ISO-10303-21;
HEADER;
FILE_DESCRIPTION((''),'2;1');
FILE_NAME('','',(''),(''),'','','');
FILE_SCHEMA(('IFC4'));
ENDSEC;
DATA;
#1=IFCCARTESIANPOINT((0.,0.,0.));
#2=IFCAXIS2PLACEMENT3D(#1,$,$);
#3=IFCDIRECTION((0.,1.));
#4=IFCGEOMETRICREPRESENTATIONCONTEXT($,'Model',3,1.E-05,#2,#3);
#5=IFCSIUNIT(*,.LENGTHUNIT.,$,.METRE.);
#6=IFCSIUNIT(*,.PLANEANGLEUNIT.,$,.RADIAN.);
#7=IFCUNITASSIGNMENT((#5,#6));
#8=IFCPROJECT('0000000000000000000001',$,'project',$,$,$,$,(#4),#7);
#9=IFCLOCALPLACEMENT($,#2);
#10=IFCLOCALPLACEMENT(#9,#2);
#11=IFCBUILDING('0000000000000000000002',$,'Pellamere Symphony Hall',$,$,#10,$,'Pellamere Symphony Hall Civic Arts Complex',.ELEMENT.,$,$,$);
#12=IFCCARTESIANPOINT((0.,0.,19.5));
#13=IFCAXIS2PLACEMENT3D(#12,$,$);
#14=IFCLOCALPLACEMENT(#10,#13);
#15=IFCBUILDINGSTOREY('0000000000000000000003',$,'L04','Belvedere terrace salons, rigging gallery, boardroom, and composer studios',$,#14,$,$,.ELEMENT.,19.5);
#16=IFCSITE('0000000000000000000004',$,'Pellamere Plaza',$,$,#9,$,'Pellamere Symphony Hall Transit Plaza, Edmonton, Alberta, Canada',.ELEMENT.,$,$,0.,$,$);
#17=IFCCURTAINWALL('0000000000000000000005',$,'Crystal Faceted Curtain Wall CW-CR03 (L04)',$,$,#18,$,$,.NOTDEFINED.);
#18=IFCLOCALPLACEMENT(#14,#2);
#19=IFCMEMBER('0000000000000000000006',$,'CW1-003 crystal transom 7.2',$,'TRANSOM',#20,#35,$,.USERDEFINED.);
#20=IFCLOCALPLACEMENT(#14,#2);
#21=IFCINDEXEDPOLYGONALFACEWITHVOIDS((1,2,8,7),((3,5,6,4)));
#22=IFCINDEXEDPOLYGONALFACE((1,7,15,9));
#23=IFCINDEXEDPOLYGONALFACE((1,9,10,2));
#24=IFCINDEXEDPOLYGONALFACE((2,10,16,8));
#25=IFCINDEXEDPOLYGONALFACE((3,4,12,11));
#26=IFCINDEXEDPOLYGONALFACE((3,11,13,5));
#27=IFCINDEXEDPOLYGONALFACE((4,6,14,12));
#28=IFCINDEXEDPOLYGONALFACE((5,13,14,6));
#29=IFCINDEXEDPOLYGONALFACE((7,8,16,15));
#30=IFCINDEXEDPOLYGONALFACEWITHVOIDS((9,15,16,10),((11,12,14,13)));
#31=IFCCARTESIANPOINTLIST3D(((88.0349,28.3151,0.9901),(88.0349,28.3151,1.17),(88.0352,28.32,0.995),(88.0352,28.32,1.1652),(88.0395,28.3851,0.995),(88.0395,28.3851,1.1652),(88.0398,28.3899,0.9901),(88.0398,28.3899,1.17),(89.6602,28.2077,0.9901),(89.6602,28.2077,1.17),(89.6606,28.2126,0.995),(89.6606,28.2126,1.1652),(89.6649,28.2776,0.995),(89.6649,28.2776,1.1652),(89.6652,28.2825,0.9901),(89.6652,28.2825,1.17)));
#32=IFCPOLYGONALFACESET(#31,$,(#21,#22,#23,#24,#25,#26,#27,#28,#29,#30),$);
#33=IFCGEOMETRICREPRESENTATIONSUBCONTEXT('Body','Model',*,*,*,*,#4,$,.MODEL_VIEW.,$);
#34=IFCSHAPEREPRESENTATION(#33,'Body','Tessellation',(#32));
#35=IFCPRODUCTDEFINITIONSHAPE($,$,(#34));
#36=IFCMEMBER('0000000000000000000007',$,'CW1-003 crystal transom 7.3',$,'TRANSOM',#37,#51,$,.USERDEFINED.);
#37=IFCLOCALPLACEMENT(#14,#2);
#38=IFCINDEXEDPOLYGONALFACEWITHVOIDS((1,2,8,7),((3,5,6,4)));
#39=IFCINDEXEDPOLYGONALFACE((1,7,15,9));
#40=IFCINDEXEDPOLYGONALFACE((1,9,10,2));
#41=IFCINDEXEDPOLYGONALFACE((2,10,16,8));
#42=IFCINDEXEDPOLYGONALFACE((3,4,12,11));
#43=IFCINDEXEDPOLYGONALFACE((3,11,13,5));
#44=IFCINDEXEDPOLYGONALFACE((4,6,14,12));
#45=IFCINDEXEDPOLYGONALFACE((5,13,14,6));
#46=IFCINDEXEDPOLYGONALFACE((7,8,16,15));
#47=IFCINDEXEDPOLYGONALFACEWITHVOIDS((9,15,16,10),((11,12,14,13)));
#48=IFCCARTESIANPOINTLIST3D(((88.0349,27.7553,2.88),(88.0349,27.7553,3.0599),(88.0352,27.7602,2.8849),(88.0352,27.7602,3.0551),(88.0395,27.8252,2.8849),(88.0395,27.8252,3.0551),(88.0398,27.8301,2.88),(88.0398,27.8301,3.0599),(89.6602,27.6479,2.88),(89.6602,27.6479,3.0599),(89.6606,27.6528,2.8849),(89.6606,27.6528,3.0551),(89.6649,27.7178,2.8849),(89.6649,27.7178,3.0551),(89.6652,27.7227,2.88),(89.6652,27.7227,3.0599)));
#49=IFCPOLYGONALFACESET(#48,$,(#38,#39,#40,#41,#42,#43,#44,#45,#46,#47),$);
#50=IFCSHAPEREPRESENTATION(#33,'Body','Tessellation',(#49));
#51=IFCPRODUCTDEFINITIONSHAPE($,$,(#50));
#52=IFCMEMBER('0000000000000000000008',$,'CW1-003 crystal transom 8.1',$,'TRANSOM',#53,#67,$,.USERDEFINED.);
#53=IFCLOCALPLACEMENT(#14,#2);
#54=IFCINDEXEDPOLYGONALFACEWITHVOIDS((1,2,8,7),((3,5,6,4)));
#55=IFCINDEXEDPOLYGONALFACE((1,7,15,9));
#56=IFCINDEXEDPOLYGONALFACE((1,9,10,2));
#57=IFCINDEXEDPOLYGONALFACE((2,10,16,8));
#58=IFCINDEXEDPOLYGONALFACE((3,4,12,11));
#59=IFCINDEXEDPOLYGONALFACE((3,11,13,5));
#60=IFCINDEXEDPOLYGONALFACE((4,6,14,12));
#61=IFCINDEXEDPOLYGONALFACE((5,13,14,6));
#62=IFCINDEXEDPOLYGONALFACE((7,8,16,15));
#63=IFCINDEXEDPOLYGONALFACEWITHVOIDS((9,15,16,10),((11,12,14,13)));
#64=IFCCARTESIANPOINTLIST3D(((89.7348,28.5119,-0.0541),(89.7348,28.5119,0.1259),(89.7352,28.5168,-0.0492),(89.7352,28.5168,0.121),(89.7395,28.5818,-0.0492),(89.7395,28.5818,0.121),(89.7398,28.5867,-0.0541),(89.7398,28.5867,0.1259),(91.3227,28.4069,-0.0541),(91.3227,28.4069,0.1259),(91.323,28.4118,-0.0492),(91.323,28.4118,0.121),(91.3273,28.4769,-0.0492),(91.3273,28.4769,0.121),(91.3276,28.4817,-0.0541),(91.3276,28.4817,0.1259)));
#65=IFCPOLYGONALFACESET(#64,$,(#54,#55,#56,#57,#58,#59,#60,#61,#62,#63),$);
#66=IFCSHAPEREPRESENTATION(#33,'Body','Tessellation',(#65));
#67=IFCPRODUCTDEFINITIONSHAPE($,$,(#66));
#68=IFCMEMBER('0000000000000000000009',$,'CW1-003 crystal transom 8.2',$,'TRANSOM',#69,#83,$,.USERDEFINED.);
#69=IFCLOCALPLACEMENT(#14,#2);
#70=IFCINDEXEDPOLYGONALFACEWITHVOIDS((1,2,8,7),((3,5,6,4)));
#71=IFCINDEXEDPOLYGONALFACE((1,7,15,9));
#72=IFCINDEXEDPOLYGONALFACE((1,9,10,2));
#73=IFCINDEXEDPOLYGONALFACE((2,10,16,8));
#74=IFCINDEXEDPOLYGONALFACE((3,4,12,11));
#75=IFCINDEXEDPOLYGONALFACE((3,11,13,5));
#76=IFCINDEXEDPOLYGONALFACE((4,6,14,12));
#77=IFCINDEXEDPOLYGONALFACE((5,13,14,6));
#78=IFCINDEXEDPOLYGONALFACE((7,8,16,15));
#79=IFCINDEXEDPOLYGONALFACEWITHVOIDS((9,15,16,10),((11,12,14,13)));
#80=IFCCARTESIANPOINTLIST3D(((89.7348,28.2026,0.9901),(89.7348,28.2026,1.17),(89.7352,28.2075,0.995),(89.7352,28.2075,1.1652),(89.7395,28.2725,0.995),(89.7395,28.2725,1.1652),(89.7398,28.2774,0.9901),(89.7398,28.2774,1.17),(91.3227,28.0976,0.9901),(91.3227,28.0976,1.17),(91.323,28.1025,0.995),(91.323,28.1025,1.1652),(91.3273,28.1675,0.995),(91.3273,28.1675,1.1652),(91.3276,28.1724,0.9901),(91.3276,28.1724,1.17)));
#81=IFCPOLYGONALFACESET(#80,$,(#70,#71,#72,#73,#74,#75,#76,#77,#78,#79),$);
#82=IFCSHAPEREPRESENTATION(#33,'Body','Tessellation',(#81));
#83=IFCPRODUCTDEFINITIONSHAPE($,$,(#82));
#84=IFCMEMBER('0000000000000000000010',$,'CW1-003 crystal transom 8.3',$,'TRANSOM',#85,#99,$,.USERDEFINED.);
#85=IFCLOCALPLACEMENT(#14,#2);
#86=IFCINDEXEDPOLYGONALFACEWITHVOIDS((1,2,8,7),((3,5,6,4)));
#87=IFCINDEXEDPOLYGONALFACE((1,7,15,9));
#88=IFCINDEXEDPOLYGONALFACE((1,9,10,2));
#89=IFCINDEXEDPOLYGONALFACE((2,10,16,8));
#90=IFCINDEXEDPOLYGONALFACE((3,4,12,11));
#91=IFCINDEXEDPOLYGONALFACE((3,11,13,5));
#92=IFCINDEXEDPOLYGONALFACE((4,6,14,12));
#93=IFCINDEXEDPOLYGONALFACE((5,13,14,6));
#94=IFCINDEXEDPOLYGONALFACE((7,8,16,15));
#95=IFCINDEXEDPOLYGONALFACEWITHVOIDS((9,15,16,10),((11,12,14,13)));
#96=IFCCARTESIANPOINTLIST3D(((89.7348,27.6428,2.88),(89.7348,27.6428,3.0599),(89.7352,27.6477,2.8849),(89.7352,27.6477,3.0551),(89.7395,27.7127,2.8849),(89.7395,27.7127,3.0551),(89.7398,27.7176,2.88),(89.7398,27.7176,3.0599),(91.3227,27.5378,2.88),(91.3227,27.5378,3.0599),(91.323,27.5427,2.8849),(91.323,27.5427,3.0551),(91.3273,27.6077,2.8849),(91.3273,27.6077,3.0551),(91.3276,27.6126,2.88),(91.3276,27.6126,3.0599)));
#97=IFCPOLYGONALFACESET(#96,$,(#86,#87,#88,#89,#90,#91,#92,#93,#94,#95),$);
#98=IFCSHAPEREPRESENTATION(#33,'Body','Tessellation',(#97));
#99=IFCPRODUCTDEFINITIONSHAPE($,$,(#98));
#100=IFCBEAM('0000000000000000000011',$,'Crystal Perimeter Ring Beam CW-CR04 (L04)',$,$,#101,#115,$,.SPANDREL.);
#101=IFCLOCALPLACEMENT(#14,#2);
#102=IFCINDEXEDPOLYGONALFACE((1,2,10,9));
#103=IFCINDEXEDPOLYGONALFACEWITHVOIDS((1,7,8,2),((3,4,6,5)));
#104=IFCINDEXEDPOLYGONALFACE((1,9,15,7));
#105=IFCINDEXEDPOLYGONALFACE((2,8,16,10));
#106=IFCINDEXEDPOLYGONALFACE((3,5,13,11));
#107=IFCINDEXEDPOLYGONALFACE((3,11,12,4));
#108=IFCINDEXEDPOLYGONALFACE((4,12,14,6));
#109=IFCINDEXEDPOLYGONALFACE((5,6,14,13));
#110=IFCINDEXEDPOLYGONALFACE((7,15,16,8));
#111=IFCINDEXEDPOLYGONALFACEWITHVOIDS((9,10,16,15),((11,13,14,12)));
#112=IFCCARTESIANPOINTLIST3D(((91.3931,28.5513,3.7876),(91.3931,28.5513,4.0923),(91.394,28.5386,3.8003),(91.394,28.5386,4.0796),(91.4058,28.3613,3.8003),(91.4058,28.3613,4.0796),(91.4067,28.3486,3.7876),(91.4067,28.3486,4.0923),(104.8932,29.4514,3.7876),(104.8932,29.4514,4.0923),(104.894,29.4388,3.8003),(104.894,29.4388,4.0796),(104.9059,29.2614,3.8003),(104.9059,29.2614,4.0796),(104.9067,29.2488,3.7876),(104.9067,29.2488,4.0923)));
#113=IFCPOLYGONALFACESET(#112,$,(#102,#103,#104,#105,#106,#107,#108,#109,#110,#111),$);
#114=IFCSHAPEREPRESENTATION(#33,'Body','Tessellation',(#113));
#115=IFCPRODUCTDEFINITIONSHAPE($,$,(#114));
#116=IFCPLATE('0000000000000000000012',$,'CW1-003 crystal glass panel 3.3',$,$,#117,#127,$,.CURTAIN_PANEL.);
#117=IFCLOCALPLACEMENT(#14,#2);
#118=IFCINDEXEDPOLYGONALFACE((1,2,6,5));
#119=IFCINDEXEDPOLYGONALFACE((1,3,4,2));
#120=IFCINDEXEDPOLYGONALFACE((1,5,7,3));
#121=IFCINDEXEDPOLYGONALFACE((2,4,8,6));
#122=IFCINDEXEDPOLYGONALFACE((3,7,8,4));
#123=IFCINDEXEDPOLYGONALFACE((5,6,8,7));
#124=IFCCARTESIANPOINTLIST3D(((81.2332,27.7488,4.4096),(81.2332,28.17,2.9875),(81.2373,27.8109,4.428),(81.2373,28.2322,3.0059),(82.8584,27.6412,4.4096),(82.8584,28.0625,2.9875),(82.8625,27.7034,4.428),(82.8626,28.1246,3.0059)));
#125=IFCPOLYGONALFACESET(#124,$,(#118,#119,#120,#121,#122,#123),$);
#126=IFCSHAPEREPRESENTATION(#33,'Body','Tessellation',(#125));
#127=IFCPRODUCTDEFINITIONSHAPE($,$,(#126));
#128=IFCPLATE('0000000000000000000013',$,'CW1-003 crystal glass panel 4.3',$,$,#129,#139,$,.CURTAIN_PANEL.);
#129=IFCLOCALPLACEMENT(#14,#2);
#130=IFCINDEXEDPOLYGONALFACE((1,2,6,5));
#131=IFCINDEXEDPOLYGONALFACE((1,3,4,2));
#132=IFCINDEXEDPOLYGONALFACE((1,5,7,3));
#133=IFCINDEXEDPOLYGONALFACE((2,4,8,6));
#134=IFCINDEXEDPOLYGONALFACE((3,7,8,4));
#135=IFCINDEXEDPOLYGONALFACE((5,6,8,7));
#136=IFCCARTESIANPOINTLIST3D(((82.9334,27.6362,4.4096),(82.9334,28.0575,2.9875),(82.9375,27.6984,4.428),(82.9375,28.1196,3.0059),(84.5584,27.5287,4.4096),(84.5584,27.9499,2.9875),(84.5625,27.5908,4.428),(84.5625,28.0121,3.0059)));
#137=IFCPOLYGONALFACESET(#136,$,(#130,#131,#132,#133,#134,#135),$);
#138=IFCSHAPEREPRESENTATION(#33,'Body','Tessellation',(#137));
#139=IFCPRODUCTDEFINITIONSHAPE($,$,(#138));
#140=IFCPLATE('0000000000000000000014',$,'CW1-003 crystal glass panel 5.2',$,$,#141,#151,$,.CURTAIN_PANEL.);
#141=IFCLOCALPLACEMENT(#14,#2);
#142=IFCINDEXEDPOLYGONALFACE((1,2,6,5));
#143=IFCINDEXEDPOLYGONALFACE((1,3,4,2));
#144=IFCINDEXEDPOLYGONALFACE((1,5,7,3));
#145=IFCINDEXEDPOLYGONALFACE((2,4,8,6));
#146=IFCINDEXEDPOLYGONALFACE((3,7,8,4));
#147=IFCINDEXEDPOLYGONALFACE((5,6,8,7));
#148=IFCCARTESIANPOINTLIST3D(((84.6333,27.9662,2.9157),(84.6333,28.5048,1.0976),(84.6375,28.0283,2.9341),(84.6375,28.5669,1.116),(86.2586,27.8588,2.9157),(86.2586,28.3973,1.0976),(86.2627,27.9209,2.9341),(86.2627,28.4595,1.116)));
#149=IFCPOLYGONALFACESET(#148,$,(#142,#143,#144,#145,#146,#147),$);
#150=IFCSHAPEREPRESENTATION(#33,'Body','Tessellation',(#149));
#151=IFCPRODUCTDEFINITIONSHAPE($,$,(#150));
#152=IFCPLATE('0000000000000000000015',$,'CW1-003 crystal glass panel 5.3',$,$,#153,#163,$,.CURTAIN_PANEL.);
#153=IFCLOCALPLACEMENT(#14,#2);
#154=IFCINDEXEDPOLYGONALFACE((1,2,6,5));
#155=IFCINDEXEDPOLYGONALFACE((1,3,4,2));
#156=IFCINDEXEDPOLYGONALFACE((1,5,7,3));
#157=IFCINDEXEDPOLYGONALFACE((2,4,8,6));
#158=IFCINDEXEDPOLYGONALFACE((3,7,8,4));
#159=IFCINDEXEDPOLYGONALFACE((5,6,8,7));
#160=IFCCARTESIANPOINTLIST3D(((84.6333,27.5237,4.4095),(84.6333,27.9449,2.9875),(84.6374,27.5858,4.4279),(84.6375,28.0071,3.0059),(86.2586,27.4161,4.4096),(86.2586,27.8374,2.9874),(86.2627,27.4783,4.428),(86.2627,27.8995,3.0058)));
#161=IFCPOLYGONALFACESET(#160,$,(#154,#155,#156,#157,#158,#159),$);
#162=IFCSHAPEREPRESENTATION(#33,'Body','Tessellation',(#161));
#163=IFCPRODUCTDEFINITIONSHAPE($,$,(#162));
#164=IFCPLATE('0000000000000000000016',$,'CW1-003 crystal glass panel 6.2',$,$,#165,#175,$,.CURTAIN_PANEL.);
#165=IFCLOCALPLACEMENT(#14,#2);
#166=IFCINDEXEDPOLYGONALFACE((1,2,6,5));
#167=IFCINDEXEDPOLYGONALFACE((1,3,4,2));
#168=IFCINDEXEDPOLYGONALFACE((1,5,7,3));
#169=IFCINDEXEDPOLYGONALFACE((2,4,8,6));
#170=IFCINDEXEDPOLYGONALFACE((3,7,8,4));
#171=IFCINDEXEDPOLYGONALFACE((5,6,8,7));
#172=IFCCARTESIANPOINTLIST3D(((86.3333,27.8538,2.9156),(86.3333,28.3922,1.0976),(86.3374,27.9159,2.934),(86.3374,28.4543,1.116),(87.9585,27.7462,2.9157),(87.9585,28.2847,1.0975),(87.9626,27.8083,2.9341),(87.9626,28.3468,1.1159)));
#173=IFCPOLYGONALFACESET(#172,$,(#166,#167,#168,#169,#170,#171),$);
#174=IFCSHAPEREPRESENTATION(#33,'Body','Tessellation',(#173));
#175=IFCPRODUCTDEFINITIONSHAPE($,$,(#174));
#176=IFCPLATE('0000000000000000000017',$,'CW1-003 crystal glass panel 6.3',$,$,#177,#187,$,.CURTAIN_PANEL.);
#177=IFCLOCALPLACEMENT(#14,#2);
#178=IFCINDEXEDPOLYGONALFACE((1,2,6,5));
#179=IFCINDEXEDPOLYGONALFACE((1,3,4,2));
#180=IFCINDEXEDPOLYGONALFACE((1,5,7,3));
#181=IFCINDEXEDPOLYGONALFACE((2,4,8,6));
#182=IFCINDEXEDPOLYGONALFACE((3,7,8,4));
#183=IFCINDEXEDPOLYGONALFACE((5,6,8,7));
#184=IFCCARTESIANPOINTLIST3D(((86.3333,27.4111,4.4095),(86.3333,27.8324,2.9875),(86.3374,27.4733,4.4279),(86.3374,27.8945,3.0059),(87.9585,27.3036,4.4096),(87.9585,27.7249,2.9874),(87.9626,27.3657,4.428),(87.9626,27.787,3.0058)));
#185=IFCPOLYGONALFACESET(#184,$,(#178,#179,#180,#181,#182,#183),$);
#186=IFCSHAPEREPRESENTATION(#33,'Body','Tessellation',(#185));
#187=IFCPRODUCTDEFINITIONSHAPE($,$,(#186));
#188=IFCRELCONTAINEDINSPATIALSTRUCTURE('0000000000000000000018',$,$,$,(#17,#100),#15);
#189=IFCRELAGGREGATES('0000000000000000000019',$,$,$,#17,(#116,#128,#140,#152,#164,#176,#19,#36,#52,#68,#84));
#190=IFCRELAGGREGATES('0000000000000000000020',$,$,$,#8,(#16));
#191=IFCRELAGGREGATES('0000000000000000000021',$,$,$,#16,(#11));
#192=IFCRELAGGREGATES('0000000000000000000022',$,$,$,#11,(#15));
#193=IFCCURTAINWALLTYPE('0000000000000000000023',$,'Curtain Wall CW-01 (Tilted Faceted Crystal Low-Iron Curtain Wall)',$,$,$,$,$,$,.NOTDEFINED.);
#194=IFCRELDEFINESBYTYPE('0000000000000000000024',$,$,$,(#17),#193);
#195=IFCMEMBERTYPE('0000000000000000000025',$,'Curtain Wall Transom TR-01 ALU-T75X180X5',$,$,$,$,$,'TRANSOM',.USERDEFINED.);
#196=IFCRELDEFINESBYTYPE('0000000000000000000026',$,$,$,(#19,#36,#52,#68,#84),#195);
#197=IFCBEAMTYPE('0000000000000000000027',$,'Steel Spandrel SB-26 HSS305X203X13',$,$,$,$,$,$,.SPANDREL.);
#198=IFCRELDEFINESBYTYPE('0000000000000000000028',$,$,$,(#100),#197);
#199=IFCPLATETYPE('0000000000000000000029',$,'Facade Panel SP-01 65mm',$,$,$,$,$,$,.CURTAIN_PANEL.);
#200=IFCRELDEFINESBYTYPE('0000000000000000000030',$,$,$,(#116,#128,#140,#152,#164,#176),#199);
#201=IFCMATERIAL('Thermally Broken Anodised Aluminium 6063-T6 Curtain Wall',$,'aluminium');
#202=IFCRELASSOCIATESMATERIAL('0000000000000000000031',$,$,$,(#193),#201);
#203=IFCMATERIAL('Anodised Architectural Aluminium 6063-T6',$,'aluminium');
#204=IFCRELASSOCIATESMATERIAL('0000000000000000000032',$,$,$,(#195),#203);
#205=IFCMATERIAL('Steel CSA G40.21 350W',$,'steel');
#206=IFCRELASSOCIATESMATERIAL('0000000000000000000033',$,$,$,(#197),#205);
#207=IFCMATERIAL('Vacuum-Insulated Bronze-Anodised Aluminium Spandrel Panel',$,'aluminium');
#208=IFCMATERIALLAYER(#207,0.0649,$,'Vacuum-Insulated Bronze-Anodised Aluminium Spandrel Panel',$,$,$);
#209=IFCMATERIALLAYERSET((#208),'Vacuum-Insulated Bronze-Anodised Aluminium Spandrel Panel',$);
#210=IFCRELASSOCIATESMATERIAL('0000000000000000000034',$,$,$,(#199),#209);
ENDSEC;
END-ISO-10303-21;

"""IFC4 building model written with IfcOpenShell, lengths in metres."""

from ifc_helpers import new_model, si_unit, direction, frame, origin, origin_2d, place, context, subcontext, project, spatial, polyline, hollow_rectangle, outline, extrude, material, layer, layer_set, material_profile, profile_set, type_object, element, aggregate, save


model = new_model("IFC4")

# Units and contexts
model_context = context("Model", 3, precision=1e-05, world=origin(), true_north=direction((0.0, 1.0)))
body_context = subcontext(model_context, "Body", "Model", "MODEL_VIEW")
ifc_project = project(units=[si_unit("LENGTHUNIT", "METRE"), si_unit("PLANEANGLEUNIT", "RADIAN")], contexts=[model_context])

# Site, building, storey
site_placement = place(None, origin())
site = spatial("IfcSite", under=ifc_project, at=site_placement, Name="Pellamere Plaza", LongName="Pellamere Symphony Hall Transit Plaza, Edmonton, Alberta, Canada", CompositionType="ELEMENT", RefElevation=0.0)
building_placement = place(site_placement, origin())
building = spatial("IfcBuilding", under=site, at=building_placement, Name="Pellamere Symphony Hall", LongName="Pellamere Symphony Hall Civic Arts Complex", CompositionType="ELEMENT")
storey_placement = place(building_placement, frame((0.0, 0.0, 19.5)))
storey = spatial("IfcBuildingStorey", under=building, at=storey_placement, Name="L04", Description="Belvedere terrace salons, rigging gallery, boardroom, and composer studios", CompositionType="ELEMENT", Elevation=19.5)

# Curtain wall, members
ifc_material_1 = material(Name="Thermally Broken Anodised Aluminium 6063-T6 Curtain Wall", Category="aluminium")
curtain_wall_type = type_object("IfcCurtainWallType", Name="Curtain Wall CW-01 (Tilted Faceted Crystal Low-Iron Curtain Wall)", PredefinedType="NOTDEFINED", material=ifc_material_1)
curtain_wall_placement = place(storey_placement, origin())
curtain_wall = element("IfcCurtainWall", 1, at=curtain_wall_placement, inside=storey, type_object=curtain_wall_type, Name="Crystal Faceted Curtain Wall CW-CR03 (L04)", PredefinedType="NOTDEFINED")
ifc_material_2 = material(Name="Anodised Architectural Aluminium 6063-T6", Category="aluminium")
ifc_material_profile_1 = material_profile(ifc_material_2, hollow_rectangle(XDim=0.075, YDim=0.1799, WallThickness=0.0049, at=origin_2d()), Name="ALU-T75X180X5")
ifc_profile_set_1 = profile_set([ifc_material_profile_1], Name="Anodised Architectural Aluminium 6063-T6")
member_type_1 = type_object("IfcMemberType", Name="Curtain Wall Transom TR-01 ALU-T75X180X5", ElementType="TRANSOM", PredefinedType="USERDEFINED", material=ifc_profile_set_1)
member_1_placement = place(storey_placement, frame((88.0374, 28.3525, 1.0801), z_axis=(0.997823, -0.065952, 0.0), x_axis=(0.065952, 0.997823, 0.0)))
member_1 = element("IfcMember", 2, at=member_1_placement, type_object=member_type_1, Name="CW1-003 crystal transom 7.2", ObjectType="TRANSOM", PredefinedType="USERDEFINED", context=body_context, shape_type="SweptSolid", body=[
    extrude(hollow_rectangle(XDim=0.075, YDim=0.1799, WallThickness=0.0049, at=origin_2d()), origin(), (0.0, 0.0, 1.0), 1.6289),
])
member_2_placement = place(storey_placement, frame((88.0374, 27.7927, 2.97), z_axis=(0.997823, -0.065952, 0.0), x_axis=(0.065952, 0.997823, 0.0)))
member_2 = element("IfcMember", 3, at=member_2_placement, type_object=member_type_1, Name="CW1-003 crystal transom 7.3", ObjectType="TRANSOM", PredefinedType="USERDEFINED", context=body_context, shape_type="SweptSolid", body=[
    extrude(hollow_rectangle(XDim=0.075, YDim=0.1799, WallThickness=0.0049, at=origin_2d()), origin(), (0.0, 0.0, 1.0), 1.6289),
])
member_3_placement = place(storey_placement, frame((89.7373, 28.5493, 0.0359), z_axis=(0.997822, -0.065969, 0.0), x_axis=(0.065969, 0.997822, 0.0)))
member_3 = element("IfcMember", 4, at=member_3_placement, type_object=member_type_1, Name="CW1-003 crystal transom 8.1", ObjectType="TRANSOM", PredefinedType="USERDEFINED", context=body_context, shape_type="SweptSolid", body=[
    extrude(hollow_rectangle(XDim=0.075, YDim=0.1799, WallThickness=0.0049, at=origin_2d()), origin(), (0.0, 0.0, 1.0), 1.5913),
])
member_4_placement = place(storey_placement, frame((89.7373, 28.24, 1.0801), z_axis=(0.997822, -0.065969, 0.0), x_axis=(0.065969, 0.997822, 0.0)))
member_4 = element("IfcMember", 5, at=member_4_placement, type_object=member_type_1, Name="CW1-003 crystal transom 8.2", ObjectType="TRANSOM", PredefinedType="USERDEFINED", context=body_context, shape_type="SweptSolid", body=[
    extrude(hollow_rectangle(XDim=0.075, YDim=0.1799, WallThickness=0.0049, at=origin_2d()), origin(), (0.0, 0.0, 1.0), 1.5913),
])
member_5_placement = place(storey_placement, frame((89.7373, 27.6802, 2.97), z_axis=(0.997822, -0.065969, 0.0), x_axis=(0.065969, 0.997822, 0.0)))
member_5 = element("IfcMember", 6, at=member_5_placement, type_object=member_type_1, Name="CW1-003 crystal transom 8.3", ObjectType="TRANSOM", PredefinedType="USERDEFINED", context=body_context, shape_type="SweptSolid", body=[
    extrude(hollow_rectangle(XDim=0.075, YDim=0.1799, WallThickness=0.0049, at=origin_2d()), origin(), (0.0, 0.0, 1.0), 1.5913),
])

# Beam
ifc_material_3 = material(Name="Steel CSA G40.21 350W", Category="steel")
ifc_material_profile_2 = material_profile(ifc_material_3, hollow_rectangle(XDim=0.2031, YDim=0.3047, WallThickness=0.0127, at=origin_2d()), Name="HSS305X203X13")
ifc_profile_set_2 = profile_set([ifc_material_profile_2], Name="Steel CSA G40.21 350W")
beam_type = type_object("IfcBeamType", Name="Steel Spandrel SB-26 HSS305X203X13", PredefinedType="SPANDREL", material=ifc_profile_set_2)
beam_placement = place(storey_placement, frame((91.3999, 28.45, 3.9399), z_axis=(0.997784, 0.06653, 0.0), x_axis=(-0.06653, 0.997784, 0.0)))
element("IfcBeam", 7, at=beam_placement, inside=storey, type_object=beam_type, Name="Crystal Perimeter Ring Beam CW-CR04 (L04)", PredefinedType="SPANDREL", context=body_context, shape_type="SweptSolid", body=[
    extrude(hollow_rectangle(XDim=0.2031, YDim=0.3047, WallThickness=0.0127, at=origin_2d()), origin(), (0.0, 0.0, 1.0), 13.53),
])

# Plates
ifc_material_4 = material(Name="Vacuum-Insulated Bronze-Anodised Aluminium Spandrel Panel", Category="aluminium")
ifc_layer_1 = layer(ifc_material_4, 0.0649, Name="Vacuum-Insulated Bronze-Anodised Aluminium Spandrel Panel")
ifc_layer_set_1 = layer_set([ifc_layer_1], Name="Vacuum-Insulated Bronze-Anodised Aluminium Spandrel Panel")
plate_type_1 = type_object("IfcPlateType", Name="Facade Panel SP-01 65mm", PredefinedType="CURTAIN_PANEL", material=ifc_layer_set_1)
plate_1_placement = place(storey_placement, frame((81.2373, 28.2322, 3.0059), z_axis=(0.063319, 0.956893, 0.283454), x_axis=(0.997817, -0.066033, 0.00002)))
plate_1 = element("IfcPlate", 8, at=plate_1_placement, type_object=plate_type_1, Name="CW1-003 crystal glass panel 3.3", PredefinedType="CURTAIN_PANEL", context=body_context, shape_type="SweptSolid", body=[
    extrude(outline(polyline([(0.0, 0.0), (1.6288, 0.0), (1.6566, -1.4829), (0.0279, -1.483), (0.0, 0.0)])), origin(), (0.0, 0.0, -1.0), 0.0649),
])
plate_2_placement = place(storey_placement, frame((82.9375, 28.1196, 3.0059), z_axis=(0.063328, 0.956893, 0.283454), x_axis=(0.997817, -0.066042, 0.00002)))
plate_2 = element("IfcPlate", 9, at=plate_2_placement, type_object=plate_type_1, Name="CW1-003 crystal glass panel 4.3", PredefinedType="CURTAIN_PANEL", context=body_context, shape_type="SweptSolid", body=[
    extrude(outline(polyline([(0.0, 0.0), (1.6286, 0.0), (1.6564, -1.4829), (0.0279, -1.483), (0.0, 0.0)])), origin(), (0.0, 0.0, -1.0), 0.0649),
])
plate_3_placement = place(storey_placement, frame((84.6375, 28.5669, 1.116), z_axis=(0.063247, 0.956897, 0.283458), x_axis=(0.997823, -0.065952, 0.0)))
plate_3 = element("IfcPlate", 10, at=plate_3_placement, type_object=plate_type_1, Name="CW1-003 crystal glass panel 5.2", PredefinedType="CURTAIN_PANEL", context=body_context, shape_type="SweptSolid", body=[
    extrude(outline(polyline([(0.0, 0.0), (1.6288, 0.0), (1.6643, -1.8959), (0.0355, -1.8959), (0.0, 0.0)])), origin(), (0.0, 0.0, -1.0), 0.0649),
])
plate_4_placement = place(storey_placement, frame((84.6375, 28.0071, 3.0059), z_axis=(0.063319, 0.956893, 0.283454), x_axis=(0.997818, -0.066021, -0.00002)))
plate_4 = element("IfcPlate", 11, at=plate_4_placement, type_object=plate_type_1, Name="CW1-003 crystal glass panel 5.3", PredefinedType="CURTAIN_PANEL", context=body_context, shape_type="SweptSolid", body=[
    extrude(outline(polyline([(0.0, 0.0), (1.6288, 0.0), (1.6566, -1.483), (0.0278, -1.4829), (0.0, 0.0)])), origin(), (0.0, 0.0, -1.0), 0.0649),
])
plate_5_placement = place(storey_placement, frame((86.3374, 28.4543, 1.116), z_axis=(0.06332, 0.95691, 0.283398), x_axis=(0.997818, -0.066021, -0.00002)))
plate_5 = element("IfcPlate", 12, at=plate_5_placement, type_object=plate_type_1, Name="CW1-003 crystal glass panel 6.2", PredefinedType="CURTAIN_PANEL", context=body_context, shape_type="SweptSolid", body=[
    extrude(outline(polyline([(0.0, 0.0), (1.6288, 0.0), (1.6643, -1.8959), (0.0355, -1.8958), (0.0, 0.0)])), origin(), (0.0, 0.0, -1.0), 0.0649),
])
plate_6_placement = place(storey_placement, frame((86.3374, 27.8945, 3.0059), z_axis=(0.063319, 0.956893, 0.283454), x_axis=(0.997818, -0.066021, -0.00002)))
plate_6 = element("IfcPlate", 13, at=plate_6_placement, type_object=plate_type_1, Name="CW1-003 crystal glass panel 6.3", PredefinedType="CURTAIN_PANEL", context=body_context, shape_type="SweptSolid", body=[
    extrude(outline(polyline([(0.0, 0.0), (1.6288, 0.0), (1.6566, -1.483), (0.0278, -1.4829), (0.0, 0.0)])), origin(), (0.0, 0.0, -1.0), 0.0649),
])
aggregate(curtain_wall, [plate_1, plate_2, plate_3, plate_4, plate_5, plate_6, member_1, member_2, member_3, member_4, member_5])

save(model, "model.ifc")
